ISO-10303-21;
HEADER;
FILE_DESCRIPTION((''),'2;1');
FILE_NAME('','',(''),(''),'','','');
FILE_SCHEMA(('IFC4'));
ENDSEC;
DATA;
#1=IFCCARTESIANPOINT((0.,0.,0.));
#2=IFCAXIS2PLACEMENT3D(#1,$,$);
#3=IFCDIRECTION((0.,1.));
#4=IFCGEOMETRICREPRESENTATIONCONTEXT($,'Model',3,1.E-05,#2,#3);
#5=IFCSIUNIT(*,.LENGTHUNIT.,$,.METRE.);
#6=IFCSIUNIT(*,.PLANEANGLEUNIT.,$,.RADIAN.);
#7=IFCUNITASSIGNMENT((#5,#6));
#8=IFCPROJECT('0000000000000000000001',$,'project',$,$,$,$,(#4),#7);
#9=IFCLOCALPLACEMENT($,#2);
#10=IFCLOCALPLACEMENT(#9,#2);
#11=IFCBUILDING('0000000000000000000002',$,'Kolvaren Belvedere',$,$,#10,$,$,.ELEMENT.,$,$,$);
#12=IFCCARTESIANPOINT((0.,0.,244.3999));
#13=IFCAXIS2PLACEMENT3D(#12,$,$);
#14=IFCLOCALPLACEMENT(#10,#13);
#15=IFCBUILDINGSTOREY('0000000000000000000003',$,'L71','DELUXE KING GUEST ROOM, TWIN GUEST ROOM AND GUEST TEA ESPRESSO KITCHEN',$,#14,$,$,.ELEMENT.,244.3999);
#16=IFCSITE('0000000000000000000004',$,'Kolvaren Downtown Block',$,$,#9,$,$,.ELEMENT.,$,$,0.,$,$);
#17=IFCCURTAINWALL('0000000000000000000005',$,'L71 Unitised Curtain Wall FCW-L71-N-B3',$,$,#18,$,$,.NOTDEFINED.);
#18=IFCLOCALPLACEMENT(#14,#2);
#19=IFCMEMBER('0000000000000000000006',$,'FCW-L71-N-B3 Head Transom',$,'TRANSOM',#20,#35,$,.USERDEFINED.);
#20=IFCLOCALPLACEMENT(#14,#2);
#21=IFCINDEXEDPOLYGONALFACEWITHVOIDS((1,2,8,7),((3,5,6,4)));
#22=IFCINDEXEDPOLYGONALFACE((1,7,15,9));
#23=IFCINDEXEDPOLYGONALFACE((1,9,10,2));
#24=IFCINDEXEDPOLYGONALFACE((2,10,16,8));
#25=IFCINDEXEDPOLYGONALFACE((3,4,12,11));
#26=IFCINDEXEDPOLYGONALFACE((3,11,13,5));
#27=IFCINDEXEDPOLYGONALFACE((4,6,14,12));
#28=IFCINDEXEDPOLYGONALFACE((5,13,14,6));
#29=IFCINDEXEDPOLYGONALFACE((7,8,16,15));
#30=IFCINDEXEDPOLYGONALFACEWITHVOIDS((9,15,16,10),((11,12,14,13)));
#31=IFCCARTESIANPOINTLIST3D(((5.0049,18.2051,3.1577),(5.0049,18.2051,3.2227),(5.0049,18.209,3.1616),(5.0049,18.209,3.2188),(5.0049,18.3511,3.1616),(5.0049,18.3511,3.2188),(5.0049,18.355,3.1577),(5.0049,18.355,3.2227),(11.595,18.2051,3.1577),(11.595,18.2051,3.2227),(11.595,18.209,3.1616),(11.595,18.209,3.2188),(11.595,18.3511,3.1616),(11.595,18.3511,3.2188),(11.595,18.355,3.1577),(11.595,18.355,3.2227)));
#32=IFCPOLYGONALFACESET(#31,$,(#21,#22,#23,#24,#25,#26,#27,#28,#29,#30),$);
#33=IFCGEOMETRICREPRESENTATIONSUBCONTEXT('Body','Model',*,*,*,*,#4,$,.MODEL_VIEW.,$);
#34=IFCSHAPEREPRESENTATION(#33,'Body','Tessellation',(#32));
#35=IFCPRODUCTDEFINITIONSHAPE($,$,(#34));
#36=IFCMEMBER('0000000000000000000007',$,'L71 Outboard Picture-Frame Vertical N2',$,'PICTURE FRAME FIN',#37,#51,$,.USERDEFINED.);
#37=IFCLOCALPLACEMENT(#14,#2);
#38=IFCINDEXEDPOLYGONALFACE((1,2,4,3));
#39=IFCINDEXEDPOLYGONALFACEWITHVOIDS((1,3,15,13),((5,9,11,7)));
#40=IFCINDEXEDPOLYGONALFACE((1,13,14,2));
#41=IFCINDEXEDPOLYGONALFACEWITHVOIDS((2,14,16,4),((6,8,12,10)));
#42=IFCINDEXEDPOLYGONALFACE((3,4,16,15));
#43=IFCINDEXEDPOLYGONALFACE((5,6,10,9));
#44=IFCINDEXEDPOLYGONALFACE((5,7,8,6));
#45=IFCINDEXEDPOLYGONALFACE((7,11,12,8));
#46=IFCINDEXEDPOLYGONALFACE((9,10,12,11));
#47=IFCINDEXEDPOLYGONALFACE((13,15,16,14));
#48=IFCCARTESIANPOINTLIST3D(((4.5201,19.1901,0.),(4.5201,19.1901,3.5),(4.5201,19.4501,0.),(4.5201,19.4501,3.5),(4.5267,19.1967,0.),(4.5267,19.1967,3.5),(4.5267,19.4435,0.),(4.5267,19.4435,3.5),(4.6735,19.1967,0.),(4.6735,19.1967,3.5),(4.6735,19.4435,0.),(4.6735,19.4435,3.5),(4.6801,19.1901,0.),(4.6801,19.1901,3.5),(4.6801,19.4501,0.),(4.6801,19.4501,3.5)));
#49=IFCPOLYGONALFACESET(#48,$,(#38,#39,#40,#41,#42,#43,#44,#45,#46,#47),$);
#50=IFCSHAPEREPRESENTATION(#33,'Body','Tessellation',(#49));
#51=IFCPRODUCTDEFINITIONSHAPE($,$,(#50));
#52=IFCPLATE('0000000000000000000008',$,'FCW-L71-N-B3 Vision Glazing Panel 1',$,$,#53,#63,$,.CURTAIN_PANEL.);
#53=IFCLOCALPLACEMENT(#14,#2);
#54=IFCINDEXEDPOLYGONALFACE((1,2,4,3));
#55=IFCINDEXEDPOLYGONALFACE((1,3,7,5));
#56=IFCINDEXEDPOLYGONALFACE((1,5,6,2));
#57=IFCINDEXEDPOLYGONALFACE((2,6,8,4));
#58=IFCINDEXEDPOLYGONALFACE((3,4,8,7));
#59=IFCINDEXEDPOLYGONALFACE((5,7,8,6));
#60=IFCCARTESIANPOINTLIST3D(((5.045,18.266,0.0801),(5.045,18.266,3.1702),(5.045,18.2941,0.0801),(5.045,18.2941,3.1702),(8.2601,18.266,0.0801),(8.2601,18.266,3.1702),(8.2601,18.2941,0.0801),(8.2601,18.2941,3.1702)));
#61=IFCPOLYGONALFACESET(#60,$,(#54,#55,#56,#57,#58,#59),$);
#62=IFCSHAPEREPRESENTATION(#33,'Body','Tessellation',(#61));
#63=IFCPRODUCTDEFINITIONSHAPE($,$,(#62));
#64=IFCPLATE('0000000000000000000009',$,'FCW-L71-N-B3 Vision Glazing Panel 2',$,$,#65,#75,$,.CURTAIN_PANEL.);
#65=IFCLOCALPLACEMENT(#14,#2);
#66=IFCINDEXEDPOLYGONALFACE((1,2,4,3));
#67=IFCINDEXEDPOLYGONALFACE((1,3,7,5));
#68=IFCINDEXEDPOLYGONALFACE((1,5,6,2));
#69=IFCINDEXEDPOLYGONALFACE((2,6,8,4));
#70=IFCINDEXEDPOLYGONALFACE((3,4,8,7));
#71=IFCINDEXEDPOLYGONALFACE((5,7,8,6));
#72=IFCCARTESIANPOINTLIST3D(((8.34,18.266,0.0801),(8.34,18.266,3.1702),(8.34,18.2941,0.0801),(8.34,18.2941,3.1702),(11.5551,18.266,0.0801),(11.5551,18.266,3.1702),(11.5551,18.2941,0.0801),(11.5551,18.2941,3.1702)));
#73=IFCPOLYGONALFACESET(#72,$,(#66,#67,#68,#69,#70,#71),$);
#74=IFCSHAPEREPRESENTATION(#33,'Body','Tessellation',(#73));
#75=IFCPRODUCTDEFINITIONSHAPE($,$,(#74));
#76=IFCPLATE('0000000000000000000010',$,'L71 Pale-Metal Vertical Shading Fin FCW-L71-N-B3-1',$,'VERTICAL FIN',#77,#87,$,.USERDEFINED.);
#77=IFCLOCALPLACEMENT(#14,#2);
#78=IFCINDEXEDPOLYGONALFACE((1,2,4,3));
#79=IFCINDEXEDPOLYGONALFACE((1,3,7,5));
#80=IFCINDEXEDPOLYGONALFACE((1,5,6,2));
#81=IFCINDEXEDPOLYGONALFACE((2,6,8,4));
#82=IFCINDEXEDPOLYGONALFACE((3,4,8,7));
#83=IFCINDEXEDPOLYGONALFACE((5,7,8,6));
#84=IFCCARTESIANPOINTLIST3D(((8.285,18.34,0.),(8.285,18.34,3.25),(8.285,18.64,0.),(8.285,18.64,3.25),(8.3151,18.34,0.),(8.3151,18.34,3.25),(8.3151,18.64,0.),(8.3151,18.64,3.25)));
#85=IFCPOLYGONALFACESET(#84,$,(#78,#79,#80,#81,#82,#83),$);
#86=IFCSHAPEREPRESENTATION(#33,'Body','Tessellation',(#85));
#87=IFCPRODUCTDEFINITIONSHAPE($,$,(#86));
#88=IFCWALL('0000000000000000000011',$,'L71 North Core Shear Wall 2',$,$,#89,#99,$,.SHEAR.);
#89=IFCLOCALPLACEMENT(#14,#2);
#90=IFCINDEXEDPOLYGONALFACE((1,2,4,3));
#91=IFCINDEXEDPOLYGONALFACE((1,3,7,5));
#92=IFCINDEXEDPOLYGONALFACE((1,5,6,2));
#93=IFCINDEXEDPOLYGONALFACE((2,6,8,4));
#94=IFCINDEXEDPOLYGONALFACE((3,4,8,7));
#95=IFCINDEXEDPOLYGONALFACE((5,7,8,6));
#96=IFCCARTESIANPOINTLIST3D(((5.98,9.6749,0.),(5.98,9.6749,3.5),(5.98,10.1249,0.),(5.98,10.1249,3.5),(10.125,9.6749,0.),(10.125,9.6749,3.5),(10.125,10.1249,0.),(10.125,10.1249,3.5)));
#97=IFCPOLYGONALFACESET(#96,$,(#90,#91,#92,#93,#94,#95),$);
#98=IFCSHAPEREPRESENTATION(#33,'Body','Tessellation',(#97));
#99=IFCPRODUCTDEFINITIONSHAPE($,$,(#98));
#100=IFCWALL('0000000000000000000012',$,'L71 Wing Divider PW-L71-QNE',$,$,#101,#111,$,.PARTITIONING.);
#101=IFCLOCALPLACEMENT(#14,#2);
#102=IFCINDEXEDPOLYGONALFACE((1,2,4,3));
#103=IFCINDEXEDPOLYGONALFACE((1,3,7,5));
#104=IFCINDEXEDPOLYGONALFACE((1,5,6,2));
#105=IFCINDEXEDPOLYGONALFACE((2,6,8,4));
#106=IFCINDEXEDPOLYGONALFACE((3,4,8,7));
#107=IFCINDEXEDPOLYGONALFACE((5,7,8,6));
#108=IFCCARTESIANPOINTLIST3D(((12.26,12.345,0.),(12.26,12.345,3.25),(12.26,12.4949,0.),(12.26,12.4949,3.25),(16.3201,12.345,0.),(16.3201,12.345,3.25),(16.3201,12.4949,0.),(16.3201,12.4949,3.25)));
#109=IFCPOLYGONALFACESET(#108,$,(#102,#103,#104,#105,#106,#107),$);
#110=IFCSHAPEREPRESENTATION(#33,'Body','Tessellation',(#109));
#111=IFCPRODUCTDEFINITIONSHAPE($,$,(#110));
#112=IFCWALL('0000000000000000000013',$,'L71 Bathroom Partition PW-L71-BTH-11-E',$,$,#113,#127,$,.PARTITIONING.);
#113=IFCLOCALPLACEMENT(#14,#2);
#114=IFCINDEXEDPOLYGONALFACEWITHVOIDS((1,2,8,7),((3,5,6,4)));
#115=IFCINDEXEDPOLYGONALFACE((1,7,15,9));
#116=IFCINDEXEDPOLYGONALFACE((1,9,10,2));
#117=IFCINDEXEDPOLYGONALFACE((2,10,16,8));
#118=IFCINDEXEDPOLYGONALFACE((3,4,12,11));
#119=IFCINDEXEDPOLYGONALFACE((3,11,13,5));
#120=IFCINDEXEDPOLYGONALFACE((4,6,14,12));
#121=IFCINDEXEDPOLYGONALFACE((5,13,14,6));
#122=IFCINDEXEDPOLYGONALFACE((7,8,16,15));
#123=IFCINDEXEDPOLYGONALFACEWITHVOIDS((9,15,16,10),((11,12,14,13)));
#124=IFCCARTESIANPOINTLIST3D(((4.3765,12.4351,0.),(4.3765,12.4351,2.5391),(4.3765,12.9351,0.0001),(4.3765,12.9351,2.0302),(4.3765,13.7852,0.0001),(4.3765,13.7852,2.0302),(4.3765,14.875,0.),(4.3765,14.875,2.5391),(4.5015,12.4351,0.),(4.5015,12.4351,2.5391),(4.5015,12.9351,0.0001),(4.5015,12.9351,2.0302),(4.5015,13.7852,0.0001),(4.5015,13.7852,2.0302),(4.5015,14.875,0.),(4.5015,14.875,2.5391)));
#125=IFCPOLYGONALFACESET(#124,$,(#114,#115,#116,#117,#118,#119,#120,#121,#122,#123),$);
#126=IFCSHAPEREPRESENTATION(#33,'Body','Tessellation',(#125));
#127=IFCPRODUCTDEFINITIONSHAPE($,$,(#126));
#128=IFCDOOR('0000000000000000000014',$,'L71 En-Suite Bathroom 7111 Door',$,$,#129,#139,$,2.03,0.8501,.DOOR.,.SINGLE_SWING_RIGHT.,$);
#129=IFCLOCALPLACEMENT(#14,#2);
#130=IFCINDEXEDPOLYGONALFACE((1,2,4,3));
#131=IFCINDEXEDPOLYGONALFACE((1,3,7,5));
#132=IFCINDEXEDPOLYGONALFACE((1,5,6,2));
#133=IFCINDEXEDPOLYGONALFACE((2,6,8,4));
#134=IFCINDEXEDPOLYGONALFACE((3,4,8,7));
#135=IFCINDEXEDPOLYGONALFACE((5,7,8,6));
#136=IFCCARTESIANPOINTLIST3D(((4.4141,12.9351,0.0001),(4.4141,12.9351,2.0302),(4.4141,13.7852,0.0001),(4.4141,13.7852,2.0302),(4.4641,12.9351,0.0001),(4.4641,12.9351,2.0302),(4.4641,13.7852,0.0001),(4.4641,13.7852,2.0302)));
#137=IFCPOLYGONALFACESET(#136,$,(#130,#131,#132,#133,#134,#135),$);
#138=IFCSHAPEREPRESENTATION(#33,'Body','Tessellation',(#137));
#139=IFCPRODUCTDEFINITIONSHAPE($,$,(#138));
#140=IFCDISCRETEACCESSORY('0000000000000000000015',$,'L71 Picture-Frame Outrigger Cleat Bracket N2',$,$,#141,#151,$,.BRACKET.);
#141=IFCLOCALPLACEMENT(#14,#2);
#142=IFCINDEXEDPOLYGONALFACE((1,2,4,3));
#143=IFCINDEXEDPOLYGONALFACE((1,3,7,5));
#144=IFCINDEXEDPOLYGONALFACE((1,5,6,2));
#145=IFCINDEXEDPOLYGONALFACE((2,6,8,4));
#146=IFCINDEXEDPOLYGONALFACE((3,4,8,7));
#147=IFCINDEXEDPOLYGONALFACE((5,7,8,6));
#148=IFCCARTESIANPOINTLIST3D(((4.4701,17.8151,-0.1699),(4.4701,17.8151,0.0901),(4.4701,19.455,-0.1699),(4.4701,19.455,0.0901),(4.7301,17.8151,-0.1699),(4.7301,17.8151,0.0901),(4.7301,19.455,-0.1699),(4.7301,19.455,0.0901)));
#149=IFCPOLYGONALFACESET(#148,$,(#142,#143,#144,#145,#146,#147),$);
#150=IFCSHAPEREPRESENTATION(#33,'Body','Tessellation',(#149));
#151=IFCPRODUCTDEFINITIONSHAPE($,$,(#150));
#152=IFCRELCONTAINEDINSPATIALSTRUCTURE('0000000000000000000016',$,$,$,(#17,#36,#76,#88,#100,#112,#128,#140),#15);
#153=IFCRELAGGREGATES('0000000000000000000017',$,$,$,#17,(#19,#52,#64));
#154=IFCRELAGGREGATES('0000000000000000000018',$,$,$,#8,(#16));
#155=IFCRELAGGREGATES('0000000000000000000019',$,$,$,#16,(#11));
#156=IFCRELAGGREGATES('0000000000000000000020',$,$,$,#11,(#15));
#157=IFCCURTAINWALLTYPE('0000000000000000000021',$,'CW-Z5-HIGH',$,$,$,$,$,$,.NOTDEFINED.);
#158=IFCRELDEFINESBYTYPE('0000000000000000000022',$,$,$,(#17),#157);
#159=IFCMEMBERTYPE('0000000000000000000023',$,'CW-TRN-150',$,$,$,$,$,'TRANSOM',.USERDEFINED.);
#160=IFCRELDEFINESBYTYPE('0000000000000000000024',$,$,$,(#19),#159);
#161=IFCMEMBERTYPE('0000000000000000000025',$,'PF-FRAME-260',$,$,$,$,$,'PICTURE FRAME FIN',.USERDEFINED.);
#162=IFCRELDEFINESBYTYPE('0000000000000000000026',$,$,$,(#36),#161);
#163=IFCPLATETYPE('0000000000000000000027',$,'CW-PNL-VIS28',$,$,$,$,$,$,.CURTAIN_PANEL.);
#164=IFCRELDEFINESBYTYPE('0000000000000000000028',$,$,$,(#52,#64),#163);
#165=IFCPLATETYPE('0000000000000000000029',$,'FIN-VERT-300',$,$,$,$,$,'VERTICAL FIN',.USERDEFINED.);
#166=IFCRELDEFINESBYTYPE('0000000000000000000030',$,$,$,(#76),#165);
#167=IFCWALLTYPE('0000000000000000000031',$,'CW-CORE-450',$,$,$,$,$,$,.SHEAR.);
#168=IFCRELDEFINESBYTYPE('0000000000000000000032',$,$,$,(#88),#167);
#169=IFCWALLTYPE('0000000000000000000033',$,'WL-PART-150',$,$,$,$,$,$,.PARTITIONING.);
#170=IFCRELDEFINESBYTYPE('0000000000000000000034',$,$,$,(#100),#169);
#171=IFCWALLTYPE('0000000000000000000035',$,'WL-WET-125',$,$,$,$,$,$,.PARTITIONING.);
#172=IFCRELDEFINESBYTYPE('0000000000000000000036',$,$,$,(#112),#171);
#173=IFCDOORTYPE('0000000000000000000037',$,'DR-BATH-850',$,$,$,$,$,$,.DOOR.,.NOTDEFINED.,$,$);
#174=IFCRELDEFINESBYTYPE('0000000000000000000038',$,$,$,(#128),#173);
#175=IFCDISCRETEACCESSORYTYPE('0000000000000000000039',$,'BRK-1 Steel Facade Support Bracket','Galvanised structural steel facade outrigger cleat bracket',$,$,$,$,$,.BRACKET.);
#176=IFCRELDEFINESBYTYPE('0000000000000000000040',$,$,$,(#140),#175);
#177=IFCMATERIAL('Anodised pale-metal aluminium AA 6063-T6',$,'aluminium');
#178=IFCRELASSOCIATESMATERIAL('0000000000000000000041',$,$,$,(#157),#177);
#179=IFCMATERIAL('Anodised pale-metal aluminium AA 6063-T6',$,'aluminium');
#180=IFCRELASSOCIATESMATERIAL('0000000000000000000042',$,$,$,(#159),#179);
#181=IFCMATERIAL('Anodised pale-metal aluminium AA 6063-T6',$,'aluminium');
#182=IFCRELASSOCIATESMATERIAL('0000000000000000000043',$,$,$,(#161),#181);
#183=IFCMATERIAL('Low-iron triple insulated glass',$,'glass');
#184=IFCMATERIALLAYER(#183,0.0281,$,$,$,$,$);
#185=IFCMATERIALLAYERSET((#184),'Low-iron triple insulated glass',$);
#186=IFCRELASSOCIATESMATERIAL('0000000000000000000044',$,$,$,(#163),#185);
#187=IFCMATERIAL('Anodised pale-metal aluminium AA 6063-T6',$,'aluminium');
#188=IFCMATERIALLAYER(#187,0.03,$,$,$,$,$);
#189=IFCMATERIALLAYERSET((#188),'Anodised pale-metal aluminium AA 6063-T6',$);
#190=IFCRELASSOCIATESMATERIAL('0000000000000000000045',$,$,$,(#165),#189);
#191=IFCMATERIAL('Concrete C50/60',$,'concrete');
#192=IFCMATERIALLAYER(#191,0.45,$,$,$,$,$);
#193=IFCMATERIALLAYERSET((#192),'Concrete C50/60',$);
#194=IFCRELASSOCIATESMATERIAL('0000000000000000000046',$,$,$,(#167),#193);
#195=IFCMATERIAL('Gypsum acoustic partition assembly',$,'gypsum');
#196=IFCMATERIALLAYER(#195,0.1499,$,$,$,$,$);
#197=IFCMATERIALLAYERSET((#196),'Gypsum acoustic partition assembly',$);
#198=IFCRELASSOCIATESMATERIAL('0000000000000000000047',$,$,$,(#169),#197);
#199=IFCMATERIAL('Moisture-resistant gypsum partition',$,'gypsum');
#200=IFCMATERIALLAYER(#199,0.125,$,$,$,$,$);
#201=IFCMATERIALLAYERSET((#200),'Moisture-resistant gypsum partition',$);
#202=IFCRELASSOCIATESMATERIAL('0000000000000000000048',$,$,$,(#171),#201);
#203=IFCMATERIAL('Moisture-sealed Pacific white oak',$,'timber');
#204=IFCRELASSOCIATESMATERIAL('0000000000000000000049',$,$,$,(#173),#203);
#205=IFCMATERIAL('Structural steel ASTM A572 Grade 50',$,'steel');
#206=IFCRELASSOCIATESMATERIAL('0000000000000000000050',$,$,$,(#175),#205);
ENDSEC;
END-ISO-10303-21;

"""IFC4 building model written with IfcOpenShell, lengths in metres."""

from ifc_helpers import new_model, si_unit, direction, frame, frame_2d, origin, origin_2d, place, context, subcontext, project, spatial, rectangle, hollow_rectangle, extrude, material, layer, layer_set, material_profile, profile_set, type_object, element, fill, aggregate, save


model = new_model("IFC4")

# Units and contexts
model_context = context("Model", 3, precision=1e-05, world=origin(), true_north=direction((0.0, 1.0)))
body_context = subcontext(model_context, "Body", "Model", "MODEL_VIEW")
ifc_project = project(units=[si_unit("LENGTHUNIT", "METRE"), si_unit("PLANEANGLEUNIT", "RADIAN")], contexts=[model_context])

# Site, building, storey
site_placement = place(None, origin())
site = spatial("IfcSite", under=ifc_project, at=site_placement, Name="Kolvaren Downtown Block", CompositionType="ELEMENT", RefElevation=0.0)
building_placement = place(site_placement, origin())
building = spatial("IfcBuilding", under=site, at=building_placement, Name="Kolvaren Belvedere", CompositionType="ELEMENT")
storey_placement = place(building_placement, frame((0.0, 0.0, 244.3999)))
storey = spatial("IfcBuildingStorey", under=building, at=storey_placement, Name="L71", Description="DELUXE KING GUEST ROOM, TWIN GUEST ROOM AND GUEST TEA ESPRESSO KITCHEN", CompositionType="ELEMENT", Elevation=244.3999)

# Shared definitions
ifc_material_1 = material(Name="Anodised pale-metal aluminium AA 6063-T6", Category="aluminium")
curtain_wall_type = type_object("IfcCurtainWallType", Name="CW-Z5-HIGH", PredefinedType="NOTDEFINED", material=ifc_material_1)

# Curtain wall, member
curtain_wall_1_placement = place(storey_placement, origin())
curtain_wall_1 = element("IfcCurtainWall", 1, at=curtain_wall_1_placement, inside=storey, type_object=curtain_wall_type, Name="L71 Unitised Curtain Wall FCW-L71-N-B3", PredefinedType="NOTDEFINED")
ifc_material_2 = material(Name="Anodised pale-metal aluminium AA 6063-T6", Category="aluminium")
ifc_material_profile_1 = material_profile(ifc_material_2, hollow_rectangle(XDim=0.0649, YDim=0.1499, WallThickness=0.0039, at=origin_2d()), Name="ALU-TRN-150X65")
ifc_profile_set_1 = profile_set([ifc_material_profile_1], Name="Anodised pale-metal aluminium AA 6063-T6")
member_type_1 = type_object("IfcMemberType", Name="CW-TRN-150", ElementType="TRANSOM", PredefinedType="USERDEFINED", material=ifc_profile_set_1)
member_1_placement = place(storey_placement, frame((5.0049, 18.28, 3.1902), z_axis=(1.0, 0.0, 0.0), x_axis=(0.0, 0.0, 1.0)))
member_1 = element("IfcMember", 2, at=member_1_placement, type_object=member_type_1, Name="FCW-L71-N-B3 Head Transom", ObjectType="TRANSOM", PredefinedType="USERDEFINED", context=body_context, shape_type="SweptSolid", body=[
    extrude(hollow_rectangle(XDim=0.0649, YDim=0.1499, WallThickness=0.0039, at=origin_2d()), origin(), (0.0, 0.0, 1.0), 6.5901),
])

# Member
ifc_material_3 = material(Name="Anodised pale-metal aluminium AA 6063-T6", Category="aluminium")
ifc_material_profile_2 = material_profile(ifc_material_3, hollow_rectangle(XDim=0.1599, YDim=0.26, WallThickness=0.0066, at=origin_2d()), Name="ALU-PF-260X160")
ifc_profile_set_2 = profile_set([ifc_material_profile_2], Name="Anodised pale-metal aluminium AA 6063-T6")
member_type_2 = type_object("IfcMemberType", Name="PF-FRAME-260", ElementType="PICTURE FRAME FIN", PredefinedType="USERDEFINED", material=ifc_profile_set_2)
member_2_placement = place(storey_placement, frame((4.6001, 19.3201, 0.0), z_axis=(0.0, 0.0, 1.0), x_axis=(1.0, 0.0, 0.0)))
element("IfcMember", 3, at=member_2_placement, inside=storey, type_object=member_type_2, Name="L71 Outboard Picture-Frame Vertical N2", ObjectType="PICTURE FRAME FIN", PredefinedType="USERDEFINED", context=body_context, shape_type="SweptSolid", body=[
    extrude(hollow_rectangle(XDim=0.1599, YDim=0.26, WallThickness=0.0066, at=origin_2d()), origin(), (0.0, 0.0, 1.0), 3.5),
])

# Plates
ifc_material_4 = material(Name="Low-iron triple insulated glass", Category="glass")
ifc_layer_1 = layer(ifc_material_4, 0.0281)
ifc_layer_set_1 = layer_set([ifc_layer_1], Name="Low-iron triple insulated glass")
plate_type_1 = type_object("IfcPlateType", Name="CW-PNL-VIS28", PredefinedType="CURTAIN_PANEL", material=ifc_layer_set_1)
plate_1_placement = place(storey_placement, frame((6.6526, 18.28, 0.0801), z_axis=(0.0, 0.0, 1.0), x_axis=(1.0, 0.0, 0.0)))
plate_1 = element("IfcPlate", 4, at=plate_1_placement, type_object=plate_type_1, Name="FCW-L71-N-B3 Vision Glazing Panel 1", PredefinedType="CURTAIN_PANEL", context=body_context, shape_type="SweptSolid", body=[
    extrude(rectangle(XDim=3.2151, YDim=0.0281, at=origin_2d()), origin(), (0.0, 0.0, 1.0), 3.0901),
])
plate_2_placement = place(storey_placement, frame((9.9475, 18.28, 0.0801), z_axis=(0.0, 0.0, 1.0), x_axis=(1.0, 0.0, 0.0)))
plate_2 = element("IfcPlate", 5, at=plate_2_placement, type_object=plate_type_1, Name="FCW-L71-N-B3 Vision Glazing Panel 2", PredefinedType="CURTAIN_PANEL", context=body_context, shape_type="SweptSolid", body=[
    extrude(rectangle(XDim=3.2151, YDim=0.0281, at=origin_2d()), origin(), (0.0, 0.0, 1.0), 3.0901),
])
aggregate(curtain_wall_1, [member_1, plate_1, plate_2])
ifc_material_5 = material(Name="Anodised pale-metal aluminium AA 6063-T6", Category="aluminium")
ifc_layer_2 = layer(ifc_material_5, 0.03)
ifc_layer_set_2 = layer_set([ifc_layer_2], Name="Anodised pale-metal aluminium AA 6063-T6")
plate_type_2 = type_object("IfcPlateType", Name="FIN-VERT-300", ElementType="VERTICAL FIN", PredefinedType="USERDEFINED", material=ifc_layer_set_2)
plate_3_placement = place(storey_placement, frame((8.3, 18.49, 0.0), z_axis=(0.0, 0.0, 1.0), x_axis=(0.0, 1.0, 0.0)))
element("IfcPlate", 6, at=plate_3_placement, inside=storey, type_object=plate_type_2, Name="L71 Pale-Metal Vertical Shading Fin FCW-L71-N-B3-1", ObjectType="VERTICAL FIN", PredefinedType="USERDEFINED", context=body_context, shape_type="SweptSolid", body=[
    extrude(rectangle(XDim=0.3, YDim=0.03, at=origin_2d()), origin(), (0.0, 0.0, 1.0), 3.25),
])

# Walls
ifc_material_6 = material(Name="Concrete C50/60", Category="concrete")
ifc_layer_3 = layer(ifc_material_6, 0.45)
ifc_layer_set_3 = layer_set([ifc_layer_3], Name="Concrete C50/60")
wall_type_1 = type_object("IfcWallType", Name="CW-CORE-450", PredefinedType="SHEAR", material=ifc_layer_set_3)
wall_1_placement = place(storey_placement, frame((5.98, 9.8999, 0.0), z_axis=(0.0, 0.0, 1.0), x_axis=(1.0, 0.0, 0.0)))
element("IfcWall", 7, at=wall_1_placement, inside=storey, type_object=wall_type_1, Name="L71 North Core Shear Wall 2", PredefinedType="SHEAR", context=body_context, shape_type="SweptSolid", body=[
    extrude(rectangle(XDim=4.145, YDim=0.45, at=frame_2d((2.0725, 0.0))), origin(), (0.0, 0.0, 1.0), 3.5),
])
ifc_material_7 = material(Name="Gypsum acoustic partition assembly", Category="gypsum")
ifc_layer_4 = layer(ifc_material_7, 0.1499)
ifc_layer_set_4 = layer_set([ifc_layer_4], Name="Gypsum acoustic partition assembly")
wall_type_2 = type_object("IfcWallType", Name="WL-PART-150", PredefinedType="PARTITIONING", material=ifc_layer_set_4)
wall_2_placement = place(storey_placement, frame((12.26, 12.4199, 0.0), z_axis=(0.0, 0.0, 1.0), x_axis=(1.0, 0.0, 0.0)))
element("IfcWall", 8, at=wall_2_placement, inside=storey, type_object=wall_type_2, Name="L71 Wing Divider PW-L71-QNE", PredefinedType="PARTITIONING", context=body_context, shape_type="SweptSolid", body=[
    extrude(rectangle(XDim=4.0601, YDim=0.1499, at=frame_2d((2.03, 0.0))), origin(), (0.0, 0.0, 1.0), 3.25),
])

# Wall, opening, door
ifc_material_8 = material(Name="Moisture-resistant gypsum partition", Category="gypsum")
ifc_layer_5 = layer(ifc_material_8, 0.125)
ifc_layer_set_5 = layer_set([ifc_layer_5], Name="Moisture-resistant gypsum partition")
wall_type_3 = type_object("IfcWallType", Name="WL-WET-125", PredefinedType="PARTITIONING", material=ifc_layer_set_5)
wall_3_placement = place(storey_placement, frame((4.439, 12.4351, 0.0), z_axis=(0.0, 0.0, 1.0), x_axis=(0.0, 1.0, 0.0)))
wall_3 = element("IfcWall", 9, at=wall_3_placement, inside=storey, type_object=wall_type_3, Name="L71 Bathroom Partition PW-L71-BTH-11-E", PredefinedType="PARTITIONING", context=body_context, shape_type="SweptSolid", body=[
    extrude(rectangle(XDim=2.4399, YDim=0.125, at=frame_2d((1.22, 0.0))), origin(), (0.0, 0.0, 1.0), 2.5391),
])
opening_placement = place(wall_3_placement, frame((0.5, 0.0, 0.0)))
opening = element("IfcOpeningElement", 10, at=opening_placement, cuts=wall_3, PredefinedType="OPENING", context=body_context, shape_type="SweptSolid", body=[
    extrude(rectangle(XDim=0.8501, YDim=2.03, at=frame_2d((0.425, 1.0151))), frame((0.0, 0.0725, 0.0), z_axis=(0.0, -1.0, 0.0), x_axis=(1.0, 0.0, 0.0)), (0.0, 0.0, 1.0), 0.145),
])
ifc_material_9 = material(Name="Moisture-sealed Pacific white oak", Category="timber")
door_type = type_object("IfcDoorType", Name="DR-BATH-850", OperationType="NOTDEFINED", PredefinedType="DOOR", material=ifc_material_9)
door_placement = place(opening_placement, origin())
door = element("IfcDoor", 11, at=door_placement, inside=storey, type_object=door_type, Name="L71 En-Suite Bathroom 7111 Door", OperationType="SINGLE_SWING_RIGHT", OverallHeight=2.03, OverallWidth=0.8501, PredefinedType="DOOR", context=body_context, shape_type="SweptSolid", body=[
    extrude(rectangle(XDim=0.8501, YDim=2.03, at=frame_2d((0.425, 1.0151))), frame((0.0, 0.0249, 0.0), z_axis=(0.0, -1.0, 0.0), x_axis=(1.0, 0.0, 0.0)), (0.0, 0.0, 1.0), 0.05),
])
fill(opening, door)

# Discrete accessory
ifc_material_10 = material(Name="Structural steel ASTM A572 Grade 50", Category="steel")
discrete_accessory_type = type_object("IfcDiscreteAccessoryType", Name="BRK-1 Steel Facade Support Bracket", Description="Galvanised structural steel facade outrigger cleat bracket", PredefinedType="BRACKET", material=ifc_material_10)
discrete_accessory_placement = place(storey_placement, frame((4.6001, 18.635, -0.1699), z_axis=(0.0, 0.0, 1.0), x_axis=(0.0, 1.0, 0.0)))
element("IfcDiscreteAccessory", 12, at=discrete_accessory_placement, inside=storey, type_object=discrete_accessory_type, Name="L71 Picture-Frame Outrigger Cleat Bracket N2", PredefinedType="BRACKET", context=body_context, shape_type="SweptSolid", body=[
    extrude(rectangle(XDim=1.6399, YDim=0.26, at=origin_2d()), origin(), (0.0, 0.0, 1.0), 0.26),
])

save(model, "model.ifc")
